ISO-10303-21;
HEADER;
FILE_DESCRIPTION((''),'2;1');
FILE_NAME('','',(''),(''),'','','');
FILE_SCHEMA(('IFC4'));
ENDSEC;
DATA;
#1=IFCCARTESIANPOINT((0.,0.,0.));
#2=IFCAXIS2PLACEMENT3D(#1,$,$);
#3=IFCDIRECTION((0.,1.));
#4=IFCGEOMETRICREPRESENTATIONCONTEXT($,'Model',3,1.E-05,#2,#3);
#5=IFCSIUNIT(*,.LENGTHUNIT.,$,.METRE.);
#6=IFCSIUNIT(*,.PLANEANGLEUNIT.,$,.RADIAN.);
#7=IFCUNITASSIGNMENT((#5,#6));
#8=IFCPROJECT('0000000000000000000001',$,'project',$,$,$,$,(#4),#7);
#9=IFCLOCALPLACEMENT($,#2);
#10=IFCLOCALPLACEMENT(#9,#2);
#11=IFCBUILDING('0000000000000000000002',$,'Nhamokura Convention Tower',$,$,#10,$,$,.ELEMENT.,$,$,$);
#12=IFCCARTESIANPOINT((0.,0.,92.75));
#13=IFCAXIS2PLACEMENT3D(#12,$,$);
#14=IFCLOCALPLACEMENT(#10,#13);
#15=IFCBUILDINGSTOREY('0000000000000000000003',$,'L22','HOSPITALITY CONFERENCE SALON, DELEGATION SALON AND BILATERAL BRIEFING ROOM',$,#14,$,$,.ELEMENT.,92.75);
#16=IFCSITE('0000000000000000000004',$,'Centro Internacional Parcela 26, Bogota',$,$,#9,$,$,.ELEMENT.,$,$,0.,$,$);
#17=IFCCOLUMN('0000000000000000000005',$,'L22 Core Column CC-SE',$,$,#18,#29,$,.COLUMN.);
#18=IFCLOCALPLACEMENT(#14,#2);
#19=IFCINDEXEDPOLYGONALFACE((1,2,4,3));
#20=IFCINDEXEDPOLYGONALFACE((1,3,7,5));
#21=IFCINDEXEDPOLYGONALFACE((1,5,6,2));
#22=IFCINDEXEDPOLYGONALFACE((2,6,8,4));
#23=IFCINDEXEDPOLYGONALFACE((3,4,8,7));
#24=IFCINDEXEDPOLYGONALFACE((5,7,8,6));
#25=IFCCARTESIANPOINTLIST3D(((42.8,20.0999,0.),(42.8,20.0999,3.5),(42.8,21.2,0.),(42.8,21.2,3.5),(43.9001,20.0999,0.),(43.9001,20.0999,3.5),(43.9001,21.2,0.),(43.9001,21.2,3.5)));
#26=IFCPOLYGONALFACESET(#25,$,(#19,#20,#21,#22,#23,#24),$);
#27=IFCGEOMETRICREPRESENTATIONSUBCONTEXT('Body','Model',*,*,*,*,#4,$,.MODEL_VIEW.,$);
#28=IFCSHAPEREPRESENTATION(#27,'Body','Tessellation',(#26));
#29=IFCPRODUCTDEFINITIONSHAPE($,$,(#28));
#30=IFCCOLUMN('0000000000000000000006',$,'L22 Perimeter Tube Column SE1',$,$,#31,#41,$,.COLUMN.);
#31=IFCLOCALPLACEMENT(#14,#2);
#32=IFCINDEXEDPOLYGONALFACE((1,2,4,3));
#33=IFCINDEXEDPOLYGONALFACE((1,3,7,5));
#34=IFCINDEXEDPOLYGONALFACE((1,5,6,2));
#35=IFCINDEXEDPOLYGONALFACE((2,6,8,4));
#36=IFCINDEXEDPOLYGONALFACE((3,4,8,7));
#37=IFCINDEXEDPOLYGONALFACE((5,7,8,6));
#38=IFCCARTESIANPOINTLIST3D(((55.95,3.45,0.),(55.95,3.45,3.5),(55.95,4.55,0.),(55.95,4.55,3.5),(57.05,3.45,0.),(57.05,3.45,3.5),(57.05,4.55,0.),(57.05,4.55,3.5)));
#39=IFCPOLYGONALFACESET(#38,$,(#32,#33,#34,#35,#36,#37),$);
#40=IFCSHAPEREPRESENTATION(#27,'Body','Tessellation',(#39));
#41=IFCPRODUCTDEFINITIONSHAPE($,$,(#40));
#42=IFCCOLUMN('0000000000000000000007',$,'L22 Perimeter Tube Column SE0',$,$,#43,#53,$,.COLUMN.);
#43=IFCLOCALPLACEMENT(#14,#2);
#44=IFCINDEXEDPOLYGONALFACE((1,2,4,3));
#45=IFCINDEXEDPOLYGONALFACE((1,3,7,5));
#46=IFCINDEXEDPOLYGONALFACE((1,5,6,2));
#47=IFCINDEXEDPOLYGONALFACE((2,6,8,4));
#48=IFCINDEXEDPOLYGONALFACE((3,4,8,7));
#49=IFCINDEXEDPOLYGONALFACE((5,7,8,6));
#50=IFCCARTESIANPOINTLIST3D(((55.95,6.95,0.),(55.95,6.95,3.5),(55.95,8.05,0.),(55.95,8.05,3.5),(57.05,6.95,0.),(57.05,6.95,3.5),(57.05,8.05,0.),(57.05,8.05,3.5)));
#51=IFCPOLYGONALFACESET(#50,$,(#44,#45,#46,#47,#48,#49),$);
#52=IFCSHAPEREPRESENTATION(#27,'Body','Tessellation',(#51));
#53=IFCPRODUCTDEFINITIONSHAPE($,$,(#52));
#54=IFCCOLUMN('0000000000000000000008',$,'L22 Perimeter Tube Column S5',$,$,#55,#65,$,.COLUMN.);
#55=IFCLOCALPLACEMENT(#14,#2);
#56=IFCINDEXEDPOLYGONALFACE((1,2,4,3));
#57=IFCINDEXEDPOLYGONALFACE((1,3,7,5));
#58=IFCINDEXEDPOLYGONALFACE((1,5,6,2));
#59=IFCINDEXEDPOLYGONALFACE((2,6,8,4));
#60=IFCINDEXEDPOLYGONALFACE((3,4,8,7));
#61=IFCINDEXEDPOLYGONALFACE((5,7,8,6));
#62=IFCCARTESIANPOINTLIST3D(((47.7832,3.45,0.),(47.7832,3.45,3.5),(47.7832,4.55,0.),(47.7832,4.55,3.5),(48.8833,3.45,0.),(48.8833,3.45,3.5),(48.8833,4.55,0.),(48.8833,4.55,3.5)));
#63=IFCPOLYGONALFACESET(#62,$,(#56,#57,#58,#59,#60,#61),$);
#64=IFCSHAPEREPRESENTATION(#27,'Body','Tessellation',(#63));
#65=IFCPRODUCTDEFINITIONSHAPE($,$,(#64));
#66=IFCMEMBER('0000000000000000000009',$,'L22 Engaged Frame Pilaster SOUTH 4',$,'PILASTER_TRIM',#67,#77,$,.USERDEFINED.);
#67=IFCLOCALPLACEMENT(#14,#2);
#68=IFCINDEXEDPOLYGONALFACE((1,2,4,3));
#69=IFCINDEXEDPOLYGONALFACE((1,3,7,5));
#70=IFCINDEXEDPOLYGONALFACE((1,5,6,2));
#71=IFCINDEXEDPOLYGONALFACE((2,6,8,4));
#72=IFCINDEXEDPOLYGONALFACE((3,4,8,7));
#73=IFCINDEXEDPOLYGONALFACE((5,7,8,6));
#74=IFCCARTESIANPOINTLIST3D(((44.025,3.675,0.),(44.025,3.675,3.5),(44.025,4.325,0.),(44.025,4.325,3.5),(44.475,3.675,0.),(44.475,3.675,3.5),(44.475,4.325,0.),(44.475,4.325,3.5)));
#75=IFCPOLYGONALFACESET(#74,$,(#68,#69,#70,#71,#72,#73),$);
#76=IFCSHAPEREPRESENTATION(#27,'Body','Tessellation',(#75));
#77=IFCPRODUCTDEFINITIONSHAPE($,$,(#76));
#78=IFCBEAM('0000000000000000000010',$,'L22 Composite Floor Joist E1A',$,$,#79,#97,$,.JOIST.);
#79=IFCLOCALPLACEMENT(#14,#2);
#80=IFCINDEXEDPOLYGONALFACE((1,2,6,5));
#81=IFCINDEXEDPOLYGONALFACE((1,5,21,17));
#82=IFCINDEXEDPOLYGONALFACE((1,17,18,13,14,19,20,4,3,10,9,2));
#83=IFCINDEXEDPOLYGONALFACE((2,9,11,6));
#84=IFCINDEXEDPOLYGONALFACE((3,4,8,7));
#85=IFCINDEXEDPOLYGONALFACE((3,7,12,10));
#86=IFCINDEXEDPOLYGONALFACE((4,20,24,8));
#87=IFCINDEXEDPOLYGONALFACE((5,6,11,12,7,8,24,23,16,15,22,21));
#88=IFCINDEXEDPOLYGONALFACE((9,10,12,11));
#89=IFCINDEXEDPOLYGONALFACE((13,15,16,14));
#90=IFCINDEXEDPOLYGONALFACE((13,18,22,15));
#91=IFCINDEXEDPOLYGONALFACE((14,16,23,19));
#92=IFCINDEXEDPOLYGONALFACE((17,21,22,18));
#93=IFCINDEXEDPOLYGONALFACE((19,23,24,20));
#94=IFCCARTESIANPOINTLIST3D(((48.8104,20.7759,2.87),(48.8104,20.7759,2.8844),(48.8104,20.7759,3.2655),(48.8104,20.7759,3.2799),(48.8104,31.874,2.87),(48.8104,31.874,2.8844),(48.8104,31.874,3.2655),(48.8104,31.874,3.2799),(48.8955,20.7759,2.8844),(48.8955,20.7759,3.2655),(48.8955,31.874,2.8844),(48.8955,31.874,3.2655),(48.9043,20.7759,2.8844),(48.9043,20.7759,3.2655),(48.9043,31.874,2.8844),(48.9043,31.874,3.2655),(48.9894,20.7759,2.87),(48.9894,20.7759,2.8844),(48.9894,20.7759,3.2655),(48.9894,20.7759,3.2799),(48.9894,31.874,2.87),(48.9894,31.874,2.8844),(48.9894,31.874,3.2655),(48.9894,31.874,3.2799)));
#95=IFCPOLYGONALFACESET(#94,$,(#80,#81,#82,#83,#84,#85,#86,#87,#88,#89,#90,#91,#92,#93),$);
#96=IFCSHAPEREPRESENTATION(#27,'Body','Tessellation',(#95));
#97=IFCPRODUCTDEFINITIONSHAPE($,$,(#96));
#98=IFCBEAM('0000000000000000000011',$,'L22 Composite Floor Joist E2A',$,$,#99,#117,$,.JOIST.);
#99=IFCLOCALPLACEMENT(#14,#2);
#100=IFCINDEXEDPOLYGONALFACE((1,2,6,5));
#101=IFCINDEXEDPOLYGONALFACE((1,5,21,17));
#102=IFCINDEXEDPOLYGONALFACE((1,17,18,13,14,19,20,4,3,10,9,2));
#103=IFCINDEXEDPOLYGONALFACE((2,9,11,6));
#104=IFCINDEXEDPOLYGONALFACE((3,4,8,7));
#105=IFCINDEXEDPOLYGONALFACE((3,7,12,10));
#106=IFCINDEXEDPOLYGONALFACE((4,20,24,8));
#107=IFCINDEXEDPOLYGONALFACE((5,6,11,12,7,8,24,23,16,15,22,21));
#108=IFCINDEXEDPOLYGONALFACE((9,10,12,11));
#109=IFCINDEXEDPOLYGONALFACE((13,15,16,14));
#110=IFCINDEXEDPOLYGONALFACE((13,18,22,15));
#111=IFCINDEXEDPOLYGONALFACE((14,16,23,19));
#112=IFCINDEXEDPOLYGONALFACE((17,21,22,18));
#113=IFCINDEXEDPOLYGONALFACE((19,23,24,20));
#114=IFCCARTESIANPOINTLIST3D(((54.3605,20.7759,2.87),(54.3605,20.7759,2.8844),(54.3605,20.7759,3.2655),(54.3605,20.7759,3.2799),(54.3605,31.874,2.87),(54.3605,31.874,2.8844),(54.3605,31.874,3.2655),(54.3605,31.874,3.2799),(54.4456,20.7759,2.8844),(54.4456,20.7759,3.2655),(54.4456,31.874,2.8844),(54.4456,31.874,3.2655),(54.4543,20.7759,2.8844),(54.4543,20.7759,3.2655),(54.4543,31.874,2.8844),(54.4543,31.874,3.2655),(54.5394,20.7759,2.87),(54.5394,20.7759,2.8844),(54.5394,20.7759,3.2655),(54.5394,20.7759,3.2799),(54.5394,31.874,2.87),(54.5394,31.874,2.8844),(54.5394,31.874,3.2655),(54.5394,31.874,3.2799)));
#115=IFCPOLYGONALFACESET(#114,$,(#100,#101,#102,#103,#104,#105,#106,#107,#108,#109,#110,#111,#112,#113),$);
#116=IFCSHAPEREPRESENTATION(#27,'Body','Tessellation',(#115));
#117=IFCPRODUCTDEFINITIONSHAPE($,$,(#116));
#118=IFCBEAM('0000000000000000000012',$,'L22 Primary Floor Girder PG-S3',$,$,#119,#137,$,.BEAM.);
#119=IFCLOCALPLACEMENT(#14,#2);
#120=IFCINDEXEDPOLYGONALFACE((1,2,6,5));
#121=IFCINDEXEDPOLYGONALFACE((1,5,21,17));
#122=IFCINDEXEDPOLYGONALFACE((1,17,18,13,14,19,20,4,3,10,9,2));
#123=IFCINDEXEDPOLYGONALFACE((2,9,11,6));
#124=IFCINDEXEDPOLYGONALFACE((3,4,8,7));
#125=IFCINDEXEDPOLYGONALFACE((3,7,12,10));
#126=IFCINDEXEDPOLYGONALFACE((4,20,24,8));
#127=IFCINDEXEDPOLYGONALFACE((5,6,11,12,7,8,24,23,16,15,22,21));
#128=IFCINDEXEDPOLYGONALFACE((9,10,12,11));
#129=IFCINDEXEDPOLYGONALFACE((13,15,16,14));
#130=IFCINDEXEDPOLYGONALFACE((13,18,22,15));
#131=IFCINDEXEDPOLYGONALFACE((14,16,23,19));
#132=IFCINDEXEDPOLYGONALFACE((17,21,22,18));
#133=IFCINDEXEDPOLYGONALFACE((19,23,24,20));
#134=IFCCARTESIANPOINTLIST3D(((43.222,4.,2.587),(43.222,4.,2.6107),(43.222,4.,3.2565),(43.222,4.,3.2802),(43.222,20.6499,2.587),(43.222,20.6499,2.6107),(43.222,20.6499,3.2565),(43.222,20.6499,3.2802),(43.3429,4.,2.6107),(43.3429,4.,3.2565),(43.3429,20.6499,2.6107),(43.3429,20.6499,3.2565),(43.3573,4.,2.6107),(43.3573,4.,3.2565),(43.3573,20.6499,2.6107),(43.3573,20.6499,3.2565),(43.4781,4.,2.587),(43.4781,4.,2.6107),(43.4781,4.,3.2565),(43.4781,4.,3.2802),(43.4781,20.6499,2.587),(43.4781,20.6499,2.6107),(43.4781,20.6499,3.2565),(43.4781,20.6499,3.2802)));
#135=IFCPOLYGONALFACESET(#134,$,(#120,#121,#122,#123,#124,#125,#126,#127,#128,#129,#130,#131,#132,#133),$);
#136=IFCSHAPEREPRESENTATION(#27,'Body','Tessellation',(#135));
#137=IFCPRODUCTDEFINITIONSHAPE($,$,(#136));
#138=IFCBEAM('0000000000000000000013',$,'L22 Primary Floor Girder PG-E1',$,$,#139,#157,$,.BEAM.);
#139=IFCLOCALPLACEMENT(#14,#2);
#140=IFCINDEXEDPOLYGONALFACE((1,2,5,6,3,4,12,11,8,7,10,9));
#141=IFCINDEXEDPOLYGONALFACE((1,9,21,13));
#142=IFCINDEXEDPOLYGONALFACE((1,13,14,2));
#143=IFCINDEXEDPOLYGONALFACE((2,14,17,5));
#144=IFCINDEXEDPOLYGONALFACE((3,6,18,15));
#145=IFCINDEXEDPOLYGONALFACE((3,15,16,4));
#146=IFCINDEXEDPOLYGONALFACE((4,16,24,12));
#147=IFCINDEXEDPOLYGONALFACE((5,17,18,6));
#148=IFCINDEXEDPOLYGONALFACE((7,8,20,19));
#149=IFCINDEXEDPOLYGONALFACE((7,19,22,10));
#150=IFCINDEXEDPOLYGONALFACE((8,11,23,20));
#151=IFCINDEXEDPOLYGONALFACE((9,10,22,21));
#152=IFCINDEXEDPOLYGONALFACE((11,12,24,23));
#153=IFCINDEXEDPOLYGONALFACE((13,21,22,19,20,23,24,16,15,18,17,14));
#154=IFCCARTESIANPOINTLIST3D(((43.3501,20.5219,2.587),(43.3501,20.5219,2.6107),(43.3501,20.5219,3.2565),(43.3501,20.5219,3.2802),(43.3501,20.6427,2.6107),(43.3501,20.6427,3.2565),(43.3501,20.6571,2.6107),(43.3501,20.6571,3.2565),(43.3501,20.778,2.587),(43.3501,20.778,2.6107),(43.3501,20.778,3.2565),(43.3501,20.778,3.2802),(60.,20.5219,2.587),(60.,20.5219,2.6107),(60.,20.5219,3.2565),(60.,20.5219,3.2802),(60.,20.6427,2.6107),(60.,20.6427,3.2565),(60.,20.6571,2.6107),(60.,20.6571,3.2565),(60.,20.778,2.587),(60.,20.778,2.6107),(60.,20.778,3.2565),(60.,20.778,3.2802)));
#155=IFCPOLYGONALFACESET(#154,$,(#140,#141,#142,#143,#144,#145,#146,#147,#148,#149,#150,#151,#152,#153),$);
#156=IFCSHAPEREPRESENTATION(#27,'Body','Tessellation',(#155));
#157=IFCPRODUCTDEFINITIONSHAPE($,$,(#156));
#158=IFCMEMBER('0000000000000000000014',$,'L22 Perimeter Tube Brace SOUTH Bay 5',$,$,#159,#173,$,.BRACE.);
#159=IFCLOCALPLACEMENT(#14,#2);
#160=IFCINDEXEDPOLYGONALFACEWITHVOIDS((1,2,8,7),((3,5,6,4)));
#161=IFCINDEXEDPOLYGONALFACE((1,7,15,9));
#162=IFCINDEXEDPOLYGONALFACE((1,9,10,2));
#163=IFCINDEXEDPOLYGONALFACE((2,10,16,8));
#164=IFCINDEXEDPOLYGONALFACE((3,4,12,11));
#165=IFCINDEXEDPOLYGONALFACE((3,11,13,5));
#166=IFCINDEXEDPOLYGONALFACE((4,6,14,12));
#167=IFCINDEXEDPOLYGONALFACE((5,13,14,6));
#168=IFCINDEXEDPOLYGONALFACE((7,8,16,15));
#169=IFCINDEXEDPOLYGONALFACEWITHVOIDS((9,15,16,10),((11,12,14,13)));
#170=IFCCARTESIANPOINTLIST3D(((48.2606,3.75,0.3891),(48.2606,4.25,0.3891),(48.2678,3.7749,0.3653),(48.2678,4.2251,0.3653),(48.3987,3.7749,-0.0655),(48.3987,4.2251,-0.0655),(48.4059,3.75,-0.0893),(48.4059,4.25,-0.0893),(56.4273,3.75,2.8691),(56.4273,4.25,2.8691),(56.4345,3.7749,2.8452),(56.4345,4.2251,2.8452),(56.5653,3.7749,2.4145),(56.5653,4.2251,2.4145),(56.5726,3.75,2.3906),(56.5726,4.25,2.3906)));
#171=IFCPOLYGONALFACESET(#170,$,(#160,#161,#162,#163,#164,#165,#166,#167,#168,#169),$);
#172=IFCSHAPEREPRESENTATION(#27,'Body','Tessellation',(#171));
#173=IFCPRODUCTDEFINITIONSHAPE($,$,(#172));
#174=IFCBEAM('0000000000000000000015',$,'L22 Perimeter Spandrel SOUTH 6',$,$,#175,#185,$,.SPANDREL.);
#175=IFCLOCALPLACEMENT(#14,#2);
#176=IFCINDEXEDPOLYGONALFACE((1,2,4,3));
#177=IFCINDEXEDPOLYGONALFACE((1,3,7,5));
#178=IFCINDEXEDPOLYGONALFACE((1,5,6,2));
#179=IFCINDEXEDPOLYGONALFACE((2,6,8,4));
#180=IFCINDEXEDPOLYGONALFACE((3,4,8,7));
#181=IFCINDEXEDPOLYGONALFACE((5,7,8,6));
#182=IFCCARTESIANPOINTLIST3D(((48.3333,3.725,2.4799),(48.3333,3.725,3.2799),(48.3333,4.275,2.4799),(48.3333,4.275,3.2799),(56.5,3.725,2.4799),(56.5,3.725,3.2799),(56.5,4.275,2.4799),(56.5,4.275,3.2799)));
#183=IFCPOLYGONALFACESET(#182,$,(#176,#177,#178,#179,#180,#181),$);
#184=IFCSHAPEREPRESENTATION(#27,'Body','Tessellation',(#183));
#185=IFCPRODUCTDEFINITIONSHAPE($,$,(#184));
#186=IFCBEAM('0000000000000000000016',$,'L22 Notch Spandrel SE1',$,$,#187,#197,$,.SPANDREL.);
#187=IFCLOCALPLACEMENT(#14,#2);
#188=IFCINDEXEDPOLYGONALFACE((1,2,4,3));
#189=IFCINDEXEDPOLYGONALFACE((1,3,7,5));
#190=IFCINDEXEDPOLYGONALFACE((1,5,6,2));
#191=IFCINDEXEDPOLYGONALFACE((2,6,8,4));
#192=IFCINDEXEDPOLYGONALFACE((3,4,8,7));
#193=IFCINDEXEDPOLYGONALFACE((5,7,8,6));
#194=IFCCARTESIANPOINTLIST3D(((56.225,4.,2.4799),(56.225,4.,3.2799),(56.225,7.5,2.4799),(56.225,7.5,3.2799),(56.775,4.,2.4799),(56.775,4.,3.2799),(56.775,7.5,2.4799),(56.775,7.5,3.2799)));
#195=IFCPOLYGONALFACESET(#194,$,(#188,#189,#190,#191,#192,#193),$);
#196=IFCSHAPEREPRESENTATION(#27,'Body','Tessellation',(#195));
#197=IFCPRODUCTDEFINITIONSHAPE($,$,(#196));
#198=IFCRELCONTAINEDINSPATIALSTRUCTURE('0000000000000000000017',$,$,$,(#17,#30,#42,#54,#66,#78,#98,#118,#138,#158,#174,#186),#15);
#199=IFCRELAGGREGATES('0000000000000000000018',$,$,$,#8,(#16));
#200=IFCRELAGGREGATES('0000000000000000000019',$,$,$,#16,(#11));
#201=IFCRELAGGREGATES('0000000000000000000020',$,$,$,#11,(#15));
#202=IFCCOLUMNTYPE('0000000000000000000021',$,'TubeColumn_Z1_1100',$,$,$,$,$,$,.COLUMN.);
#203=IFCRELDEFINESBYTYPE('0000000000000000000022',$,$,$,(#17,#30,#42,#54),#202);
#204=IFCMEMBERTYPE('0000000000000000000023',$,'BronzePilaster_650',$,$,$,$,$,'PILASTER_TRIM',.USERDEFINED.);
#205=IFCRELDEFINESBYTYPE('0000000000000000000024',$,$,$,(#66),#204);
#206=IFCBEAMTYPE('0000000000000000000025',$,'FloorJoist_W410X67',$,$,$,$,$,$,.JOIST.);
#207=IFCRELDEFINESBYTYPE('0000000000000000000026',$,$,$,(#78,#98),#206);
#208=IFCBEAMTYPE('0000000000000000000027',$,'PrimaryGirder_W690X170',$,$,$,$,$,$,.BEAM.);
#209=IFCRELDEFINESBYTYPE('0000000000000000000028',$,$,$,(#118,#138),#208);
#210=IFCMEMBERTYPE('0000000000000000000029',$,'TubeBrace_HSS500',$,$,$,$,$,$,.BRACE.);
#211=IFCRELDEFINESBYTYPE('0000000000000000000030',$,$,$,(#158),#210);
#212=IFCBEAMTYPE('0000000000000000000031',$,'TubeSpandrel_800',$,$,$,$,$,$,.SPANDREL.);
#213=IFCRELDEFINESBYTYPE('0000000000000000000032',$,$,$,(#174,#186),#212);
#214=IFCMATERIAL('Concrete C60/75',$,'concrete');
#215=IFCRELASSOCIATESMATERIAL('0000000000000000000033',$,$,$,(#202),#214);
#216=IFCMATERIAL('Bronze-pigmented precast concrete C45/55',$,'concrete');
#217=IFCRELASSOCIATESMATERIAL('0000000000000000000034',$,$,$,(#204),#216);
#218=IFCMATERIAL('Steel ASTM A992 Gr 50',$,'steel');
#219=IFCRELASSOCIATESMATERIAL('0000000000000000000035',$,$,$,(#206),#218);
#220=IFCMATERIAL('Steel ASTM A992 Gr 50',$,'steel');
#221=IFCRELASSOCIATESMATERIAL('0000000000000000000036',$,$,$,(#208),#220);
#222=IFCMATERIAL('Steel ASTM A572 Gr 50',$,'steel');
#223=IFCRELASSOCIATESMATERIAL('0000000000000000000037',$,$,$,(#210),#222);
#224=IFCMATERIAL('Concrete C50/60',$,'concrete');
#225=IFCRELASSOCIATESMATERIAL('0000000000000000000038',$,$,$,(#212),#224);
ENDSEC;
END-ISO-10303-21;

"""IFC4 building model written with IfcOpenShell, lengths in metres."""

from ifc_helpers import new_model, si_unit, direction, frame, origin, origin_2d, place, context, subcontext, project, spatial, rectangle, hollow_rectangle, i_section, extrude, material, material_profile, profile_set, type_object, element, save


model = new_model("IFC4")

# Units and contexts
model_context = context("Model", 3, precision=1e-05, world=origin(), true_north=direction((0.0, 1.0)))
body_context = subcontext(model_context, "Body", "Model", "MODEL_VIEW")
ifc_project = project(units=[si_unit("LENGTHUNIT", "METRE"), si_unit("PLANEANGLEUNIT", "RADIAN")], contexts=[model_context])

# Site, building, storey
site_placement = place(None, origin())
site = spatial("IfcSite", under=ifc_project, at=site_placement, Name="Centro Internacional Parcela 26, Bogota", CompositionType="ELEMENT", RefElevation=0.0)
building_placement = place(site_placement, origin())
building = spatial("IfcBuilding", under=site, at=building_placement, Name="Nhamokura Convention Tower", CompositionType="ELEMENT")
storey_placement = place(building_placement, frame((0.0, 0.0, 92.75)))
storey = spatial("IfcBuildingStorey", under=building, at=storey_placement, Name="L22", Description="HOSPITALITY CONFERENCE SALON, DELEGATION SALON AND BILATERAL BRIEFING ROOM", CompositionType="ELEMENT", Elevation=92.75)

# Columns
ifc_material_1 = material(Name="Concrete C60/75", Category="concrete")
ifc_material_profile_1 = material_profile(ifc_material_1, rectangle(XDim=1.1001, YDim=1.1001, at=origin_2d()))
ifc_profile_set_1 = profile_set([ifc_material_profile_1], Name="Concrete C60/75")
column_type = type_object("IfcColumnType", Name="TubeColumn_Z1_1100", PredefinedType="COLUMN", material=ifc_profile_set_1)
for number, where, z_axis, x_axis, name in (
    (1, (43.3501, 20.6499, 0.0), (0.0, 0.0, 1.0), (1.0, 0.0, 0.0), "L22 Core Column CC-SE"),
    (2, (56.5, 4.0, 0.0), (0.0, 0.0, 1.0), (1.0, 0.0, 0.0), "L22 Perimeter Tube Column SE1"),
    (3, (56.5, 7.5, 0.0), (0.0, 0.0, 1.0), (1.0, 0.0, 0.0), "L22 Perimeter Tube Column SE0"),
    (4, (48.3333, 4.0, 0.0), (0.0, 0.0, 1.0), (1.0, 0.0, 0.0), "L22 Perimeter Tube Column S5"),
):
    element("IfcColumn", number, at=place(storey_placement, frame(where, z_axis=z_axis, x_axis=x_axis)), inside=storey, type_object=column_type, Name=name, PredefinedType="COLUMN", context=body_context, shape_type="SweptSolid", body=[
        extrude(rectangle(XDim=1.1001, YDim=1.1001, at=origin_2d()), origin(), (0.0, 0.0, 1.0), 3.5),
    ])

# Member
ifc_material_2 = material(Name="Bronze-pigmented precast concrete C45/55", Category="concrete")
ifc_material_profile_2 = material_profile(ifc_material_2, rectangle(XDim=0.45, YDim=0.6499, at=origin_2d()))
ifc_profile_set_2 = profile_set([ifc_material_profile_2], Name="Bronze-pigmented precast concrete C45/55")
member_type_1 = type_object("IfcMemberType", Name="BronzePilaster_650", ElementType="PILASTER_TRIM", PredefinedType="USERDEFINED", material=ifc_profile_set_2)
member_1_placement = place(storey_placement, frame((44.25, 4.0, 0.0), z_axis=(0.0, 0.0, 1.0), x_axis=(1.0, 0.0, 0.0)))
element("IfcMember", 5, at=member_1_placement, inside=storey, type_object=member_type_1, Name="L22 Engaged Frame Pilaster SOUTH 4", ObjectType="PILASTER_TRIM", PredefinedType="USERDEFINED", context=body_context, shape_type="SweptSolid", body=[
    extrude(rectangle(XDim=0.45, YDim=0.6499, at=origin_2d()), origin(), (0.0, 0.0, 1.0), 3.5),
])

# Beams
ifc_material_3 = material(Name="Steel ASTM A992 Gr 50", Category="steel")
ifc_material_profile_3 = material_profile(ifc_material_3, i_section(OverallWidth=0.179, OverallDepth=0.4099, WebThickness=0.0088, FlangeThickness=0.0144, at=origin_2d()))
ifc_profile_set_3 = profile_set([ifc_material_profile_3], Name="Steel ASTM A992 Gr 50")
beam_type_1 = type_object("IfcBeamType", Name="FloorJoist_W410X67", PredefinedType="JOIST", material=ifc_profile_set_3)
for number, where, z_axis, x_axis, name in (
    (6, (48.8999, 20.7759, 3.075), (0.0, 1.0, 0.0), (-1.0, 0.0, 0.0), "L22 Composite Floor Joist E1A"),
    (7, (54.45, 20.7759, 3.075), (0.0, 1.0, 0.0), (-1.0, 0.0, 0.0), "L22 Composite Floor Joist E2A"),
):
    element("IfcBeam", number, at=place(storey_placement, frame(where, z_axis=z_axis, x_axis=x_axis)), inside=storey, type_object=beam_type_1, Name=name, PredefinedType="JOIST", context=body_context, shape_type="SweptSolid", body=[
        extrude(i_section(OverallWidth=0.179, OverallDepth=0.4099, WebThickness=0.0088, FlangeThickness=0.0144, at=origin_2d()), origin(), (0.0, 0.0, 1.0), 11.0981),
    ])
ifc_material_4 = material(Name="Steel ASTM A992 Gr 50", Category="steel")
ifc_material_profile_4 = material_profile(ifc_material_4, i_section(OverallWidth=0.2561, OverallDepth=0.6931, WebThickness=0.0144, FlangeThickness=0.0237, at=origin_2d()))
ifc_profile_set_4 = profile_set([ifc_material_profile_4], Name="Steel ASTM A992 Gr 50")
beam_type_2 = type_object("IfcBeamType", Name="PrimaryGirder_W690X170", PredefinedType="BEAM", material=ifc_profile_set_4)
for number, where, z_axis, x_axis, name in (
    (8, (43.3501, 4.0, 2.9336), (0.0, 1.0, 0.0), (-1.0, 0.0, 0.0), "L22 Primary Floor Girder PG-S3"),
    (9, (43.3501, 20.6499, 2.9336), (1.0, 0.0, 0.0), (0.0, 1.0, 0.0), "L22 Primary Floor Girder PG-E1"),
):
    element("IfcBeam", number, at=place(storey_placement, frame(where, z_axis=z_axis, x_axis=x_axis)), inside=storey, type_object=beam_type_2, Name=name, PredefinedType="BEAM", context=body_context, shape_type="SweptSolid", body=[
        extrude(i_section(OverallWidth=0.2561, OverallDepth=0.6931, WebThickness=0.0144, FlangeThickness=0.0237, at=origin_2d()), origin(), (0.0, 0.0, 1.0), 16.6499),
    ])

# Member
ifc_material_5 = material(Name="Steel ASTM A572 Gr 50", Category="steel")
ifc_material_profile_5 = material_profile(ifc_material_5, hollow_rectangle(XDim=0.5, YDim=0.5, WallThickness=0.0249, at=origin_2d()))
ifc_profile_set_5 = profile_set([ifc_material_profile_5], Name="Steel ASTM A572 Gr 50")
member_type_2 = type_object("IfcMemberType", Name="TubeBrace_HSS500", PredefinedType="BRACE", material=ifc_profile_set_5)
member_2_placement = place(storey_placement, frame((48.3333, 4.0, 0.1499), z_axis=(0.956855, 0.0, 0.290566), x_axis=(0.0, 1.0, 0.0)))
element("IfcMember", 10, at=member_2_placement, inside=storey, type_object=member_type_2, Name="L22 Perimeter Tube Brace SOUTH Bay 5", PredefinedType="BRACE", context=body_context, shape_type="SweptSolid", body=[
    extrude(hollow_rectangle(XDim=0.5, YDim=0.5, WallThickness=0.0249, at=origin_2d()), origin(), (0.0, 0.0, 1.0), 8.5349),
])

# Beams
ifc_material_6 = material(Name="Concrete C50/60", Category="concrete")
ifc_material_profile_6 = material_profile(ifc_material_6, rectangle(XDim=0.55, YDim=0.8, at=origin_2d()))
ifc_profile_set_6 = profile_set([ifc_material_profile_6], Name="Concrete C50/60")
beam_type_3 = type_object("IfcBeamType", Name="TubeSpandrel_800", PredefinedType="SPANDREL", material=ifc_profile_set_6)
beam_placement = place(storey_placement, frame((48.3333, 4.0, 2.8799), z_axis=(1.0, 0.0, 0.0), x_axis=(0.0, 1.0, 0.0)))
element("IfcBeam", 11, at=beam_placement, inside=storey, type_object=beam_type_3, Name="L22 Perimeter Spandrel SOUTH 6", PredefinedType="SPANDREL", context=body_context, shape_type="SweptSolid", body=[
    extrude(rectangle(XDim=0.55, YDim=0.8, at=origin_2d()), origin(), (0.0, 0.0, 1.0), 8.1667),
])
for number, where, z_axis, x_axis, name in (
    (12, (56.5, 4.0, 2.8799), (0.0, 1.0, 0.0), (-1.0, 0.0, 0.0), "L22 Notch Spandrel SE1"),
):
    element("IfcBeam", number, at=place(storey_placement, frame(where, z_axis=z_axis, x_axis=x_axis)), inside=storey, type_object=beam_type_3, Name=name, PredefinedType="SPANDREL", context=body_context, shape_type="SweptSolid", body=[
        extrude(rectangle(XDim=0.55, YDim=0.8, at=origin_2d()), origin(), (0.0, 0.0, 1.0), 3.5),
    ])

save(model, "model.ifc")
